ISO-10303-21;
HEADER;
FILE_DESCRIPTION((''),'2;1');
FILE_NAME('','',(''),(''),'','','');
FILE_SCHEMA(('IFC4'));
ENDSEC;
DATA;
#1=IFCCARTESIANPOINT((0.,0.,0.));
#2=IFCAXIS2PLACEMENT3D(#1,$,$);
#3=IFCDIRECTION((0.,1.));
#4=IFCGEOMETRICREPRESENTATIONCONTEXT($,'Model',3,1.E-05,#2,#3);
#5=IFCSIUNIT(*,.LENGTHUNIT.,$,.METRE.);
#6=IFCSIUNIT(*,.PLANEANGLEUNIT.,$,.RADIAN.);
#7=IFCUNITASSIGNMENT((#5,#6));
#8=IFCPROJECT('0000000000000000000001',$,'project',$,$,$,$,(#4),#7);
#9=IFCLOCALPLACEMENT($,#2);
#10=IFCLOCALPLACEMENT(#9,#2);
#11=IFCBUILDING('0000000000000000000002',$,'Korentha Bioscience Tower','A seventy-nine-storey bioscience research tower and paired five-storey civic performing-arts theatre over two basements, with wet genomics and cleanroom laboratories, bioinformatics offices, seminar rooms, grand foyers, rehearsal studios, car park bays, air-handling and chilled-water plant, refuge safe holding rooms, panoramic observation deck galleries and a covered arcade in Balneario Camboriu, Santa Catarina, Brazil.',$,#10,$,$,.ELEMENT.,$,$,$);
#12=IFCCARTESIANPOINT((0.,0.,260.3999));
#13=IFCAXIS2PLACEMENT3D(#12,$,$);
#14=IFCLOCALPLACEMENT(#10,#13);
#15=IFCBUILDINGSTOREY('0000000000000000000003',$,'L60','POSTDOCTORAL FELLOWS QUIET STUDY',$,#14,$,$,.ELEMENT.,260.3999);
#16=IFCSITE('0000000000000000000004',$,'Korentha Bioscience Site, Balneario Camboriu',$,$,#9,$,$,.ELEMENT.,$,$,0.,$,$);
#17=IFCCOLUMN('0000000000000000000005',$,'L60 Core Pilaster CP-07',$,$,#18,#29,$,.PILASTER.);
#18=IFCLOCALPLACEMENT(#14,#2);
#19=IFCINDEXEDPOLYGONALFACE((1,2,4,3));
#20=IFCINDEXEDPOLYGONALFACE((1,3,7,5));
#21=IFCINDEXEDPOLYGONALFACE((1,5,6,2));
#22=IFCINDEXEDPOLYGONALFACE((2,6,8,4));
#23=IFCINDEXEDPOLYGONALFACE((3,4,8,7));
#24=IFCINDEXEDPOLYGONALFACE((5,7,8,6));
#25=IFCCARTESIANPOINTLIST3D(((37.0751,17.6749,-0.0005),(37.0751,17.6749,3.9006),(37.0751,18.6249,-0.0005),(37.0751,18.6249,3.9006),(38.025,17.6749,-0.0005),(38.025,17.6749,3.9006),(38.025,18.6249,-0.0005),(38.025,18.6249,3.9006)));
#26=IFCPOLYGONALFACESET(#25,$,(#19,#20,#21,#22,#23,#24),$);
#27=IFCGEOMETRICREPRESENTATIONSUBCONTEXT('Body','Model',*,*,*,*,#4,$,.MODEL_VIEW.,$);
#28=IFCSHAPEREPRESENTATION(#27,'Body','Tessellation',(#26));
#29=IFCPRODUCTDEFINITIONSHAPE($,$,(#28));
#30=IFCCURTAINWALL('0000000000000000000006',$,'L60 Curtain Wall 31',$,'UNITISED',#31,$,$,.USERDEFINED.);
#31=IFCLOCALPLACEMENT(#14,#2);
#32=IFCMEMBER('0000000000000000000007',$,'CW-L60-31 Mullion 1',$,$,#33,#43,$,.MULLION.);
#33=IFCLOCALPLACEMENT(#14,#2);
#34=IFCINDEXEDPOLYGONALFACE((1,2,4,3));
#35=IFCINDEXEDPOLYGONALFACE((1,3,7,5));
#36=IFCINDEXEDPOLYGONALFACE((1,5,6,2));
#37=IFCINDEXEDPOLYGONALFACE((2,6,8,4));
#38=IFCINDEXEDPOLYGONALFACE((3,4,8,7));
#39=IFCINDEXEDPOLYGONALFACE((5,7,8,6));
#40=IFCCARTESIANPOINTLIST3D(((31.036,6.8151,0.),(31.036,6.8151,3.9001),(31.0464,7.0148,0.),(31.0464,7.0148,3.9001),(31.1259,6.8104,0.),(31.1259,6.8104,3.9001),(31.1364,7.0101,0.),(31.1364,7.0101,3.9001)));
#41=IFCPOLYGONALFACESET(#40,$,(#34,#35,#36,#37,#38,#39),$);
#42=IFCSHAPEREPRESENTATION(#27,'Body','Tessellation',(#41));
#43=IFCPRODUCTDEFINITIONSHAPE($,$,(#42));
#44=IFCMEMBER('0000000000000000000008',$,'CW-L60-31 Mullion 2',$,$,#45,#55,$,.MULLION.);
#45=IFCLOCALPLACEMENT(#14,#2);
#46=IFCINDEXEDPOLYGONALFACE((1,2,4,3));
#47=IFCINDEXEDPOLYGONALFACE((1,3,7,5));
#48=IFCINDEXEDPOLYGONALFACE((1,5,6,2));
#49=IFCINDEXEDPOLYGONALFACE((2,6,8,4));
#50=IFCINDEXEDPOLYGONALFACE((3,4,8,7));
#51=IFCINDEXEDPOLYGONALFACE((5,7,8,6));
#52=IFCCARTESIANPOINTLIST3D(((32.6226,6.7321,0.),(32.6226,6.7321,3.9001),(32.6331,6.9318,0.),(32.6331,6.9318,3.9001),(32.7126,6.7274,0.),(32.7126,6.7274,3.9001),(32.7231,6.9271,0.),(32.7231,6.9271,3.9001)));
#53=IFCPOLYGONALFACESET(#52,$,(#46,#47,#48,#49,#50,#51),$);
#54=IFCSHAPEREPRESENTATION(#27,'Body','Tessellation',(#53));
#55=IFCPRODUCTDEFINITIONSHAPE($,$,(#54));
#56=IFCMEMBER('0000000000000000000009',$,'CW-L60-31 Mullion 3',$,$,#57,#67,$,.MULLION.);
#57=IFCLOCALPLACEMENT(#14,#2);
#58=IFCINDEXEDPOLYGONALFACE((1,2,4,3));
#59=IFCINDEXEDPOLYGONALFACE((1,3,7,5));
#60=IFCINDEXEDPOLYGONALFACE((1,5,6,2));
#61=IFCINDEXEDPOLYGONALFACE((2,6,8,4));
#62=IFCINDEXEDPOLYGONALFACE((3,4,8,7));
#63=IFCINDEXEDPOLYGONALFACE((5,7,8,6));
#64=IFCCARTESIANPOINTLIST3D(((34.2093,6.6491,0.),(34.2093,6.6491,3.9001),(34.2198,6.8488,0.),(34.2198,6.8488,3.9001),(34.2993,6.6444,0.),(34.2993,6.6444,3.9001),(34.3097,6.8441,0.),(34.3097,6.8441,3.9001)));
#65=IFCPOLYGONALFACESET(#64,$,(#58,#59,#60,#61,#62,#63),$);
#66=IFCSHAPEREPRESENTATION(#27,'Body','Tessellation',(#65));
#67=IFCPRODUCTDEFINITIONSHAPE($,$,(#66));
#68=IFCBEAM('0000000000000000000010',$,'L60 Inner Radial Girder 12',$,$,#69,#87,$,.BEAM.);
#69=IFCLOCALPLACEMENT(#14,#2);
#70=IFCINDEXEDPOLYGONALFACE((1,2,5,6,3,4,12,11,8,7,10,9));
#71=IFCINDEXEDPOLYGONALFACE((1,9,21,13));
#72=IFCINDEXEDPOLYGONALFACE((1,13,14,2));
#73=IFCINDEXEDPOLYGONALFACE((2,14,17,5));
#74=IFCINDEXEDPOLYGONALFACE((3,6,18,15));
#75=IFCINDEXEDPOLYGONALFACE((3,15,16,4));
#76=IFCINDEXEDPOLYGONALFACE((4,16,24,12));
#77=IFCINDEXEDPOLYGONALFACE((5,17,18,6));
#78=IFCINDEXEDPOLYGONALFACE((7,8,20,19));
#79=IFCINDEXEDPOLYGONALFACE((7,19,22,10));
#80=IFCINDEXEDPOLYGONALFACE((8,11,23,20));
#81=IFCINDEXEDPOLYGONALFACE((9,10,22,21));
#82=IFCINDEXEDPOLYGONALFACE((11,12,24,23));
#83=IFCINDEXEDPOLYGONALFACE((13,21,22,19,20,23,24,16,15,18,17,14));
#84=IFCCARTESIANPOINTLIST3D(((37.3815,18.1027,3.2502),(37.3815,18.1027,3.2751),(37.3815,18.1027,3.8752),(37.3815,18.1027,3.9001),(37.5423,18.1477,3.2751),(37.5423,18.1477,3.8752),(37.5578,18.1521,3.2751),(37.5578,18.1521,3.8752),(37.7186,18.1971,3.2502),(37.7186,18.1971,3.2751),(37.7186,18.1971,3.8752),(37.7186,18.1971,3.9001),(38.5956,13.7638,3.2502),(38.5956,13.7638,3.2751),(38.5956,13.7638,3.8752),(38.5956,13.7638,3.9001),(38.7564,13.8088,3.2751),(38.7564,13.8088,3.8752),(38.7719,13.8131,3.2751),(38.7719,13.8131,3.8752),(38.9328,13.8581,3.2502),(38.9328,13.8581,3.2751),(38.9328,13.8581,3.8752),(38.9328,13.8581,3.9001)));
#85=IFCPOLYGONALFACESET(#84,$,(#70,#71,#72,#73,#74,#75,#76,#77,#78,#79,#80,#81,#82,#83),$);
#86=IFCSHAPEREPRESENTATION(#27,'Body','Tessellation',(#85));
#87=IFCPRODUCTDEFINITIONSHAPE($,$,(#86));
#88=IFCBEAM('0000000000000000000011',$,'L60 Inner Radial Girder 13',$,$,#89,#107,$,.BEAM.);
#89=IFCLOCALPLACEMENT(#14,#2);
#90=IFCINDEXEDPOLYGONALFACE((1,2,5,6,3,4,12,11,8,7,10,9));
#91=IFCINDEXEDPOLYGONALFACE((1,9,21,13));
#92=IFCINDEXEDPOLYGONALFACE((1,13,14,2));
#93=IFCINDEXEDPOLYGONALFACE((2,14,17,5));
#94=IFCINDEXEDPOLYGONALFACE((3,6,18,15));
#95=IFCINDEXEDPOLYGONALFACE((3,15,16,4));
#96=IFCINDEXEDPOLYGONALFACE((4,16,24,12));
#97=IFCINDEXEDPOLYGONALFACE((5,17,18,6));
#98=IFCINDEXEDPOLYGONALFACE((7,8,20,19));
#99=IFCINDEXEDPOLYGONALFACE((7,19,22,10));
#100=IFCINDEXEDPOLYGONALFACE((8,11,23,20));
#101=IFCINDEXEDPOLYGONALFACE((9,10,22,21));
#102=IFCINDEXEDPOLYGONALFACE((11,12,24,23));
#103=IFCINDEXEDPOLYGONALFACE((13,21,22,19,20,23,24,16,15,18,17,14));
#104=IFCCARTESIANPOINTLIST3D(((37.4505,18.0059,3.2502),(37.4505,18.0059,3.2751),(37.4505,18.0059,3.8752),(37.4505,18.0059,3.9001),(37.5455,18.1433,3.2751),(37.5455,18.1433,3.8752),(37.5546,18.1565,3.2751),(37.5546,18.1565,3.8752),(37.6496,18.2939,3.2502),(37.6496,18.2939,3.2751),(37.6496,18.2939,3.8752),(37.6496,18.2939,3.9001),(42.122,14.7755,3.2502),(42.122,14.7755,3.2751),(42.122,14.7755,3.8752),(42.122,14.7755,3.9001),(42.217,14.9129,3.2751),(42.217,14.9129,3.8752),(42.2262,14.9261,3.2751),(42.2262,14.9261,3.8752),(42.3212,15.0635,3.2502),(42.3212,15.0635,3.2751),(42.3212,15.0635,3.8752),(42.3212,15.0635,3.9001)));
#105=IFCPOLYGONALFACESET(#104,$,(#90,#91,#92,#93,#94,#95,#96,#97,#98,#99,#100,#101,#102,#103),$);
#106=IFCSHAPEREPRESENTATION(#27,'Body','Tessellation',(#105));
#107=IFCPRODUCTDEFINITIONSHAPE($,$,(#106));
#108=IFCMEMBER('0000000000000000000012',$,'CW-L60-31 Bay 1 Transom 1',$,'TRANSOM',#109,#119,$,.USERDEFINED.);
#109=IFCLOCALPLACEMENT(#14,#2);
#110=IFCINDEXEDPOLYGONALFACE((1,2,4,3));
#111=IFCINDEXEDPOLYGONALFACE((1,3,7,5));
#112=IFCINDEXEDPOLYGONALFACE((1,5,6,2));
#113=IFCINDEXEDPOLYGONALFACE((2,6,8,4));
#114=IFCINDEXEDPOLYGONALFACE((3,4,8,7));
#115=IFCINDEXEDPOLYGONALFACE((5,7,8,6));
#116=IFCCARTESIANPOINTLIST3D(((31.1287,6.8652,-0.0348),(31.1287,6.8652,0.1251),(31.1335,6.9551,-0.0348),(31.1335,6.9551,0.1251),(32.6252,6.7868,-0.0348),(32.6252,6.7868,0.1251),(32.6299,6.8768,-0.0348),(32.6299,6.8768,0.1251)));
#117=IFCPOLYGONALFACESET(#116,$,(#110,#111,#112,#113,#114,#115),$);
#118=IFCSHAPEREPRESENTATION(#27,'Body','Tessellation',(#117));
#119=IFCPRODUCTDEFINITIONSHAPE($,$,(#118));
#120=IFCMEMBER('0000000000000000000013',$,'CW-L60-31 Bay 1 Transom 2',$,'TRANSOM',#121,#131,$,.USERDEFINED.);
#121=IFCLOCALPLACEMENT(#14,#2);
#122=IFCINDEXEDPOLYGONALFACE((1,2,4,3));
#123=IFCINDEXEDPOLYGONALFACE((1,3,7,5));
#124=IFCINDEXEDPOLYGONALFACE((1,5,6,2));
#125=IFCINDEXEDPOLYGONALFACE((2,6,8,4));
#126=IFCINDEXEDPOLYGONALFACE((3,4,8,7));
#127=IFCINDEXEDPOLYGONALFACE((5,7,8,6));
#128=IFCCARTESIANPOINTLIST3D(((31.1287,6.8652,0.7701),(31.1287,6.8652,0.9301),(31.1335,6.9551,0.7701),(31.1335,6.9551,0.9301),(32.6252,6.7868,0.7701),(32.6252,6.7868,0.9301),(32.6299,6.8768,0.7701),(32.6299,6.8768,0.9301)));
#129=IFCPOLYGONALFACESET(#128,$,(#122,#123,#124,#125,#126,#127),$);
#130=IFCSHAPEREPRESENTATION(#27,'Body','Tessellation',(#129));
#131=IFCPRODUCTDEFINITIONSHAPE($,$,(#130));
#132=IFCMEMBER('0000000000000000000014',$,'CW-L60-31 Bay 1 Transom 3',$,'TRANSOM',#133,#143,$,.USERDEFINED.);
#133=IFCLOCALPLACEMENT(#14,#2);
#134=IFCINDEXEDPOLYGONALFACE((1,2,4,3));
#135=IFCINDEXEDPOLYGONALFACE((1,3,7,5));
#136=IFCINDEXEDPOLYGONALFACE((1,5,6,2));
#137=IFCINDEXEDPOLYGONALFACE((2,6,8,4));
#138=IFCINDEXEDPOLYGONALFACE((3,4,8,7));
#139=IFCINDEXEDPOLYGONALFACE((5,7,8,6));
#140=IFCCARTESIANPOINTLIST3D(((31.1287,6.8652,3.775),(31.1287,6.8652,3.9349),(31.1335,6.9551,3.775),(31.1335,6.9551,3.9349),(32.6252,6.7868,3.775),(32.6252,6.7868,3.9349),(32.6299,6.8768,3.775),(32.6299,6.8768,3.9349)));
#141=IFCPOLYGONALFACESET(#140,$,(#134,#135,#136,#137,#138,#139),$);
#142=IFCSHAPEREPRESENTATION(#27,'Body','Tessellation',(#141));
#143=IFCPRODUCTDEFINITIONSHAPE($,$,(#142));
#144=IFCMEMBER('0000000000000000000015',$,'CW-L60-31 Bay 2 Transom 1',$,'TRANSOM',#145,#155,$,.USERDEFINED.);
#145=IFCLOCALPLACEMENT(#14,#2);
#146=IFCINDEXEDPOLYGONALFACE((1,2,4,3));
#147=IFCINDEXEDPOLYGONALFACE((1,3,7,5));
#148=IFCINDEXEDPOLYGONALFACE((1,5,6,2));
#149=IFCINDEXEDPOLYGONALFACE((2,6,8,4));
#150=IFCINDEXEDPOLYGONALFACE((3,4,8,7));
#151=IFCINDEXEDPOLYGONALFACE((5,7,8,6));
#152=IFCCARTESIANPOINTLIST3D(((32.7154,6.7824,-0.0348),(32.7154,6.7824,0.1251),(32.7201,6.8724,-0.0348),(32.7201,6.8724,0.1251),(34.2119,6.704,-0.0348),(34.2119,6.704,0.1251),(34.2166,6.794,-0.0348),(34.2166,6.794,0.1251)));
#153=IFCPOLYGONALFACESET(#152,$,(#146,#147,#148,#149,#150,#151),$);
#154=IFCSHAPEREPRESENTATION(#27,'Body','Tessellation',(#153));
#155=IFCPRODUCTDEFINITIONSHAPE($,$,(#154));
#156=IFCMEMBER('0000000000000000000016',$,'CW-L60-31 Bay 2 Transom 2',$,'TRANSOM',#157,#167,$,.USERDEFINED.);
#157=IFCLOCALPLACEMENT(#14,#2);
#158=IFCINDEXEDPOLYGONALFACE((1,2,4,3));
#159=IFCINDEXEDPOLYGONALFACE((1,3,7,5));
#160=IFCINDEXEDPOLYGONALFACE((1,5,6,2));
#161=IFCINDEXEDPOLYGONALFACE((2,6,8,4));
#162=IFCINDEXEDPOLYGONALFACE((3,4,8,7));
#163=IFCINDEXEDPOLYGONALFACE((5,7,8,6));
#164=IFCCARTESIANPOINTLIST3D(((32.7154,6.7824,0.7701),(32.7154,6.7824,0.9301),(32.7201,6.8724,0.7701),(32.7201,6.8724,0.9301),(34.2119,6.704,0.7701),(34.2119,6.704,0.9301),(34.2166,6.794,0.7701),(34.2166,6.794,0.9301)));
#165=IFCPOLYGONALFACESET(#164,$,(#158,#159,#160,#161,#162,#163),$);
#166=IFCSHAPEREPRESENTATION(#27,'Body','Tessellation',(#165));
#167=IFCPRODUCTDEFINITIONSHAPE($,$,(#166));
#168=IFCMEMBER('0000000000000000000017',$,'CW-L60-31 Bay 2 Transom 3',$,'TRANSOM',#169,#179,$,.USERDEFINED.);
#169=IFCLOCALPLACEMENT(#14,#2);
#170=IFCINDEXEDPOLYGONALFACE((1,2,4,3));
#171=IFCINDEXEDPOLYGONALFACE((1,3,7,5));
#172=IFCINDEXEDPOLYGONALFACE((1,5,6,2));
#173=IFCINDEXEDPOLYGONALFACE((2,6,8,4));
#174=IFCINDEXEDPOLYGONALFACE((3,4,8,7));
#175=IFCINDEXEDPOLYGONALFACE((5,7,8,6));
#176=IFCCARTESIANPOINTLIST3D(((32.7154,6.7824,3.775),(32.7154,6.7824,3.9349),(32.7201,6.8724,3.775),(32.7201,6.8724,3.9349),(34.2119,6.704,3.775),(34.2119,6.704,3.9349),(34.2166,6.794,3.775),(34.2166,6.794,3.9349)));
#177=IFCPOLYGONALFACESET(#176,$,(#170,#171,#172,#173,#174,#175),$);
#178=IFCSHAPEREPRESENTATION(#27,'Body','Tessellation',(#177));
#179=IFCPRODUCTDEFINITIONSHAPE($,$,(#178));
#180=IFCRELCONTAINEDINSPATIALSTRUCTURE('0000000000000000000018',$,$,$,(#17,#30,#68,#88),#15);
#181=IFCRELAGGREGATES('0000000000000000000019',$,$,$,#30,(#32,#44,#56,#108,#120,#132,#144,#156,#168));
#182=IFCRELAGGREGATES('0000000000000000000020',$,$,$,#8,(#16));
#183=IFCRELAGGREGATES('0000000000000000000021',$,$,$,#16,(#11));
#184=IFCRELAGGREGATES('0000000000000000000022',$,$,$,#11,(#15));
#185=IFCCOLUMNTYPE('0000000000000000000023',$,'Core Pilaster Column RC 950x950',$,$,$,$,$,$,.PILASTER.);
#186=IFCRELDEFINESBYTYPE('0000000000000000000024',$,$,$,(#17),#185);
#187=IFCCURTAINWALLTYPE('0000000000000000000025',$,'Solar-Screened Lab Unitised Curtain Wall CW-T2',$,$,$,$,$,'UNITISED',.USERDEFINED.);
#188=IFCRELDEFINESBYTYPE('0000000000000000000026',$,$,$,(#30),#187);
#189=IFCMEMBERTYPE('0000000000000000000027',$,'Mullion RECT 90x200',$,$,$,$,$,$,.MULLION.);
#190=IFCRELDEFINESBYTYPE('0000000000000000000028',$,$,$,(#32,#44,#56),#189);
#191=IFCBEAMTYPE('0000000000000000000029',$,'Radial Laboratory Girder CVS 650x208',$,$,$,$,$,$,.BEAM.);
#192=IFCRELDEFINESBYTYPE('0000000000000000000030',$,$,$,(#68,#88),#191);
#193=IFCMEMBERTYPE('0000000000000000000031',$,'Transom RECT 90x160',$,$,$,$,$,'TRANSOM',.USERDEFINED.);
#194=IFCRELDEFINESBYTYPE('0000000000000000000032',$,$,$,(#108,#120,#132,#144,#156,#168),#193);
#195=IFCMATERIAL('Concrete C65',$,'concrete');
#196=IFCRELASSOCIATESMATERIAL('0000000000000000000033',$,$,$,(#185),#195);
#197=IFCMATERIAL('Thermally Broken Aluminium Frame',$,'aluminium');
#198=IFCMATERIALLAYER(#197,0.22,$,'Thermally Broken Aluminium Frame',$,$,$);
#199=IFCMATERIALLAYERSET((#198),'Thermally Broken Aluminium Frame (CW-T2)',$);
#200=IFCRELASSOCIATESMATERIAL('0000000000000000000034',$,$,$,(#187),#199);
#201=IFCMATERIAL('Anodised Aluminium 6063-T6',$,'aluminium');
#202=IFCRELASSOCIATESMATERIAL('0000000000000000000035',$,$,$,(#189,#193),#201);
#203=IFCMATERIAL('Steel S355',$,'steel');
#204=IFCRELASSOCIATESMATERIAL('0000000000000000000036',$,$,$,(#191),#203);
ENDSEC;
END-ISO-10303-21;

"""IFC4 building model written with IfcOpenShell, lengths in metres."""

from ifc_helpers import new_model, si_unit, direction, frame, origin, origin_2d, place, context, subcontext, project, spatial, rectangle, i_section, extrude, material, layer, layer_set, material_profile, profile_set, type_object, element, aggregate, save


model = new_model("IFC4")

# Units and contexts
model_context = context("Model", 3, precision=1e-05, world=origin(), true_north=direction((0.0, 1.0)))
body_context = subcontext(model_context, "Body", "Model", "MODEL_VIEW")
ifc_project = project(units=[si_unit("LENGTHUNIT", "METRE"), si_unit("PLANEANGLEUNIT", "RADIAN")], contexts=[model_context])

# Site, building, storey
site_placement = place(None, origin())
site = spatial("IfcSite", under=ifc_project, at=site_placement, Name="Korentha Bioscience Site, Balneario Camboriu", CompositionType="ELEMENT", RefElevation=0.0)
building_placement = place(site_placement, origin())
building = spatial("IfcBuilding", under=site, at=building_placement, Name="Korentha Bioscience Tower", Description="A seventy-nine-storey bioscience research tower and paired five-storey civic performing-arts theatre over two basements, with wet genomics and cleanroom laboratories, bioinformatics offices, seminar rooms, grand foyers, rehearsal studios, car park bays, air-handling and chilled-water plant, refuge safe holding rooms, panoramic observation deck galleries and a covered arcade in Balneario Camboriu, Santa Catarina, Brazil.", CompositionType="ELEMENT")
storey_placement = place(building_placement, frame((0.0, 0.0, 260.3999)))
storey = spatial("IfcBuildingStorey", under=building, at=storey_placement, Name="L60", Description="POSTDOCTORAL FELLOWS QUIET STUDY", CompositionType="ELEMENT", Elevation=260.3999)

# Column
ifc_material_1 = material(Name="Concrete C65", Category="concrete")
ifc_material_profile_1 = material_profile(ifc_material_1, rectangle(XDim=0.95, YDim=0.95, at=origin_2d()), Name="Concrete C65")
ifc_profile_set_1 = profile_set([ifc_material_profile_1], Name="Concrete C65 (COL-CP09)")
column_type = type_object("IfcColumnType", Name="Core Pilaster Column RC 950x950", PredefinedType="PILASTER", material=ifc_profile_set_1)
column_placement = place(storey_placement, frame((37.55, 18.1499, -0.0005), z_axis=(0.0, 0.0, 1.0), x_axis=(1.0, 0.0, 0.0)))
element("IfcColumn", 1, at=column_placement, inside=storey, type_object=column_type, Name="L60 Core Pilaster CP-07", PredefinedType="PILASTER", context=body_context, shape_type="SweptSolid", body=[
    extrude(rectangle(XDim=0.95, YDim=0.95, at=origin_2d()), origin(), (0.0, 0.0, 1.0), 3.9011),
])

# Curtain wall, members
ifc_material_2 = material(Name="Thermally Broken Aluminium Frame", Category="aluminium")
ifc_layer_1 = layer(ifc_material_2, 0.22, Name="Thermally Broken Aluminium Frame")
ifc_layer_set_1 = layer_set([ifc_layer_1], Name="Thermally Broken Aluminium Frame (CW-T2)")
curtain_wall_type = type_object("IfcCurtainWallType", Name="Solar-Screened Lab Unitised Curtain Wall CW-T2", ElementType="UNITISED", PredefinedType="USERDEFINED", material=ifc_layer_set_1)
curtain_wall_placement = place(storey_placement, origin())
curtain_wall = element("IfcCurtainWall", 2, at=curtain_wall_placement, inside=storey, type_object=curtain_wall_type, Name="L60 Curtain Wall 31", ObjectType="UNITISED", PredefinedType="USERDEFINED")
ifc_material_3 = material(Name="Anodised Aluminium 6063-T6", Category="aluminium")
ifc_material_profile_2 = material_profile(ifc_material_3, rectangle(XDim=0.0901, YDim=0.2, at=origin_2d()), Name="Anodised Aluminium 6063-T6")
ifc_profile_set_2 = profile_set([ifc_material_profile_2], Name="Anodised Aluminium 6063-T6 (CW-MUL)")
member_type_1 = type_object("IfcMemberType", Name="Mullion RECT 90x200", PredefinedType="MULLION", material=ifc_profile_set_2)
member_1_placement = place(storey_placement, frame((31.0862, 6.9126, 0.0), z_axis=(0.0, 0.0, 1.0), x_axis=(0.998636, -0.05221, 0.0)))
member_1 = element("IfcMember", 3, at=member_1_placement, type_object=member_type_1, Name="CW-L60-31 Mullion 1", PredefinedType="MULLION", context=body_context, shape_type="SweptSolid", body=[
    extrude(rectangle(XDim=0.0901, YDim=0.2, at=origin_2d()), origin(), (0.0, 0.0, 1.0), 3.9001),
])
member_2_placement = place(storey_placement, frame((32.6729, 6.8296, 0.0), z_axis=(0.0, 0.0, 1.0), x_axis=(0.998636, -0.05221, 0.0)))
member_2 = element("IfcMember", 4, at=member_2_placement, type_object=member_type_1, Name="CW-L60-31 Mullion 2", PredefinedType="MULLION", context=body_context, shape_type="SweptSolid", body=[
    extrude(rectangle(XDim=0.0901, YDim=0.2, at=origin_2d()), origin(), (0.0, 0.0, 1.0), 3.9001),
])
member_3_placement = place(storey_placement, frame((34.2595, 6.7466, 0.0), z_axis=(0.0, 0.0, 1.0), x_axis=(0.998636, -0.05221, 0.0)))
member_3 = element("IfcMember", 5, at=member_3_placement, type_object=member_type_1, Name="CW-L60-31 Mullion 3", PredefinedType="MULLION", context=body_context, shape_type="SweptSolid", body=[
    extrude(rectangle(XDim=0.0901, YDim=0.2, at=origin_2d()), origin(), (0.0, 0.0, 1.0), 3.9001),
])

# Beams
ifc_material_4 = material(Name="Steel S355", Category="steel")
ifc_material_profile_3 = material_profile(ifc_material_4, i_section(OverallWidth=0.3501, OverallDepth=0.6499, WebThickness=0.0161, FlangeThickness=0.0249, at=origin_2d()), Name="Steel S355")
ifc_profile_set_3 = profile_set([ifc_material_profile_3], Name="Steel S355 (RB-650)")
beam_type = type_object("IfcBeamType", Name="Radial Laboratory Girder CVS 650x208", PredefinedType="BEAM", material=ifc_profile_set_3)
beam_1_placement = place(storey_placement, frame((37.55, 18.1499, 3.5752), z_axis=(0.269471, -0.963008, 0.0), x_axis=(0.963008, 0.269471, 0.0)))
element("IfcBeam", 6, at=beam_1_placement, inside=storey, type_object=beam_type, Name="L60 Inner Radial Girder 12", PredefinedType="BEAM", context=body_context, shape_type="SweptSolid", body=[
    extrude(i_section(OverallWidth=0.3501, OverallDepth=0.6499, WebThickness=0.0161, FlangeThickness=0.0249, at=origin_2d()), origin(), (0.0, 0.0, 1.0), 4.5056),
])
beam_2_placement = place(storey_placement, frame((37.55, 18.1499, 3.5752), z_axis=(0.8225, -0.568765, 0.0), x_axis=(0.568765, 0.8225, 0.0)))
element("IfcBeam", 7, at=beam_2_placement, inside=storey, type_object=beam_type, Name="L60 Inner Radial Girder 13", PredefinedType="BEAM", context=body_context, shape_type="SweptSolid", body=[
    extrude(i_section(OverallWidth=0.3501, OverallDepth=0.6499, WebThickness=0.0161, FlangeThickness=0.0249, at=origin_2d()), origin(), (0.0, 0.0, 1.0), 5.6797),
])

# Members
ifc_material_profile_4 = material_profile(ifc_material_3, rectangle(XDim=0.0901, YDim=0.1599, at=origin_2d()), Name="Anodised Aluminium 6063-T6")
ifc_profile_set_4 = profile_set([ifc_material_profile_4], Name="Anodised Aluminium 6063-T6 (CW-TRN)")
member_type_2 = type_object("IfcMemberType", Name="Transom RECT 90x160", ElementType="TRANSOM", PredefinedType="USERDEFINED", material=ifc_profile_set_4)
member_4_placement = place(storey_placement, frame((31.1311, 6.9102, 0.0452), z_axis=(0.998632, -0.052294, 0.0), x_axis=(0.052294, 0.998632, 0.0)))
member_4 = element("IfcMember", 8, at=member_4_placement, type_object=member_type_2, Name="CW-L60-31 Bay 1 Transom 1", ObjectType="TRANSOM", PredefinedType="USERDEFINED", context=body_context, shape_type="SweptSolid", body=[
    extrude(rectangle(XDim=0.0901, YDim=0.1599, at=origin_2d()), origin(), (0.0, 0.0, 1.0), 1.4985),
])
member_5_placement = place(storey_placement, frame((31.1311, 6.9102, 0.8501), z_axis=(0.998632, -0.052294, 0.0), x_axis=(0.052294, 0.998632, 0.0)))
member_5 = element("IfcMember", 9, at=member_5_placement, type_object=member_type_2, Name="CW-L60-31 Bay 1 Transom 2", ObjectType="TRANSOM", PredefinedType="USERDEFINED", context=body_context, shape_type="SweptSolid", body=[
    extrude(rectangle(XDim=0.0901, YDim=0.1599, at=origin_2d()), origin(), (0.0, 0.0, 1.0), 1.4985),
])
member_6_placement = place(storey_placement, frame((31.1311, 6.9102, 3.855), z_axis=(0.998632, -0.052294, 0.0), x_axis=(0.052294, 0.998632, 0.0)))
member_6 = element("IfcMember", 10, at=member_6_placement, type_object=member_type_2, Name="CW-L60-31 Bay 1 Transom 3", ObjectType="TRANSOM", PredefinedType="USERDEFINED", context=body_context, shape_type="SweptSolid", body=[
    extrude(rectangle(XDim=0.0901, YDim=0.1599, at=origin_2d()), origin(), (0.0, 0.0, 1.0), 1.4985),
])
member_7_placement = place(storey_placement, frame((32.7178, 6.8274, 0.0452), z_axis=(0.998632, -0.052294, 0.0), x_axis=(0.052294, 0.998632, 0.0)))
member_7 = element("IfcMember", 11, at=member_7_placement, type_object=member_type_2, Name="CW-L60-31 Bay 2 Transom 1", ObjectType="TRANSOM", PredefinedType="USERDEFINED", context=body_context, shape_type="SweptSolid", body=[
    extrude(rectangle(XDim=0.0901, YDim=0.1599, at=origin_2d()), origin(), (0.0, 0.0, 1.0), 1.4985),
])
member_8_placement = place(storey_placement, frame((32.7178, 6.8274, 0.8501), z_axis=(0.998632, -0.052294, 0.0), x_axis=(0.052294, 0.998632, 0.0)))
member_8 = element("IfcMember", 12, at=member_8_placement, type_object=member_type_2, Name="CW-L60-31 Bay 2 Transom 2", ObjectType="TRANSOM", PredefinedType="USERDEFINED", context=body_context, shape_type="SweptSolid", body=[
    extrude(rectangle(XDim=0.0901, YDim=0.1599, at=origin_2d()), origin(), (0.0, 0.0, 1.0), 1.4985),
])
member_9_placement = place(storey_placement, frame((32.7178, 6.8274, 3.855), z_axis=(0.998632, -0.052294, 0.0), x_axis=(0.052294, 0.998632, 0.0)))
member_9 = element("IfcMember", 13, at=member_9_placement, type_object=member_type_2, Name="CW-L60-31 Bay 2 Transom 3", ObjectType="TRANSOM", PredefinedType="USERDEFINED", context=body_context, shape_type="SweptSolid", body=[
    extrude(rectangle(XDim=0.0901, YDim=0.1599, at=origin_2d()), origin(), (0.0, 0.0, 1.0), 1.4985),
])

aggregate(curtain_wall, [member_1, member_2, member_3, member_4, member_5, member_6, member_7, member_8, member_9])

save(model, "model.ifc")
